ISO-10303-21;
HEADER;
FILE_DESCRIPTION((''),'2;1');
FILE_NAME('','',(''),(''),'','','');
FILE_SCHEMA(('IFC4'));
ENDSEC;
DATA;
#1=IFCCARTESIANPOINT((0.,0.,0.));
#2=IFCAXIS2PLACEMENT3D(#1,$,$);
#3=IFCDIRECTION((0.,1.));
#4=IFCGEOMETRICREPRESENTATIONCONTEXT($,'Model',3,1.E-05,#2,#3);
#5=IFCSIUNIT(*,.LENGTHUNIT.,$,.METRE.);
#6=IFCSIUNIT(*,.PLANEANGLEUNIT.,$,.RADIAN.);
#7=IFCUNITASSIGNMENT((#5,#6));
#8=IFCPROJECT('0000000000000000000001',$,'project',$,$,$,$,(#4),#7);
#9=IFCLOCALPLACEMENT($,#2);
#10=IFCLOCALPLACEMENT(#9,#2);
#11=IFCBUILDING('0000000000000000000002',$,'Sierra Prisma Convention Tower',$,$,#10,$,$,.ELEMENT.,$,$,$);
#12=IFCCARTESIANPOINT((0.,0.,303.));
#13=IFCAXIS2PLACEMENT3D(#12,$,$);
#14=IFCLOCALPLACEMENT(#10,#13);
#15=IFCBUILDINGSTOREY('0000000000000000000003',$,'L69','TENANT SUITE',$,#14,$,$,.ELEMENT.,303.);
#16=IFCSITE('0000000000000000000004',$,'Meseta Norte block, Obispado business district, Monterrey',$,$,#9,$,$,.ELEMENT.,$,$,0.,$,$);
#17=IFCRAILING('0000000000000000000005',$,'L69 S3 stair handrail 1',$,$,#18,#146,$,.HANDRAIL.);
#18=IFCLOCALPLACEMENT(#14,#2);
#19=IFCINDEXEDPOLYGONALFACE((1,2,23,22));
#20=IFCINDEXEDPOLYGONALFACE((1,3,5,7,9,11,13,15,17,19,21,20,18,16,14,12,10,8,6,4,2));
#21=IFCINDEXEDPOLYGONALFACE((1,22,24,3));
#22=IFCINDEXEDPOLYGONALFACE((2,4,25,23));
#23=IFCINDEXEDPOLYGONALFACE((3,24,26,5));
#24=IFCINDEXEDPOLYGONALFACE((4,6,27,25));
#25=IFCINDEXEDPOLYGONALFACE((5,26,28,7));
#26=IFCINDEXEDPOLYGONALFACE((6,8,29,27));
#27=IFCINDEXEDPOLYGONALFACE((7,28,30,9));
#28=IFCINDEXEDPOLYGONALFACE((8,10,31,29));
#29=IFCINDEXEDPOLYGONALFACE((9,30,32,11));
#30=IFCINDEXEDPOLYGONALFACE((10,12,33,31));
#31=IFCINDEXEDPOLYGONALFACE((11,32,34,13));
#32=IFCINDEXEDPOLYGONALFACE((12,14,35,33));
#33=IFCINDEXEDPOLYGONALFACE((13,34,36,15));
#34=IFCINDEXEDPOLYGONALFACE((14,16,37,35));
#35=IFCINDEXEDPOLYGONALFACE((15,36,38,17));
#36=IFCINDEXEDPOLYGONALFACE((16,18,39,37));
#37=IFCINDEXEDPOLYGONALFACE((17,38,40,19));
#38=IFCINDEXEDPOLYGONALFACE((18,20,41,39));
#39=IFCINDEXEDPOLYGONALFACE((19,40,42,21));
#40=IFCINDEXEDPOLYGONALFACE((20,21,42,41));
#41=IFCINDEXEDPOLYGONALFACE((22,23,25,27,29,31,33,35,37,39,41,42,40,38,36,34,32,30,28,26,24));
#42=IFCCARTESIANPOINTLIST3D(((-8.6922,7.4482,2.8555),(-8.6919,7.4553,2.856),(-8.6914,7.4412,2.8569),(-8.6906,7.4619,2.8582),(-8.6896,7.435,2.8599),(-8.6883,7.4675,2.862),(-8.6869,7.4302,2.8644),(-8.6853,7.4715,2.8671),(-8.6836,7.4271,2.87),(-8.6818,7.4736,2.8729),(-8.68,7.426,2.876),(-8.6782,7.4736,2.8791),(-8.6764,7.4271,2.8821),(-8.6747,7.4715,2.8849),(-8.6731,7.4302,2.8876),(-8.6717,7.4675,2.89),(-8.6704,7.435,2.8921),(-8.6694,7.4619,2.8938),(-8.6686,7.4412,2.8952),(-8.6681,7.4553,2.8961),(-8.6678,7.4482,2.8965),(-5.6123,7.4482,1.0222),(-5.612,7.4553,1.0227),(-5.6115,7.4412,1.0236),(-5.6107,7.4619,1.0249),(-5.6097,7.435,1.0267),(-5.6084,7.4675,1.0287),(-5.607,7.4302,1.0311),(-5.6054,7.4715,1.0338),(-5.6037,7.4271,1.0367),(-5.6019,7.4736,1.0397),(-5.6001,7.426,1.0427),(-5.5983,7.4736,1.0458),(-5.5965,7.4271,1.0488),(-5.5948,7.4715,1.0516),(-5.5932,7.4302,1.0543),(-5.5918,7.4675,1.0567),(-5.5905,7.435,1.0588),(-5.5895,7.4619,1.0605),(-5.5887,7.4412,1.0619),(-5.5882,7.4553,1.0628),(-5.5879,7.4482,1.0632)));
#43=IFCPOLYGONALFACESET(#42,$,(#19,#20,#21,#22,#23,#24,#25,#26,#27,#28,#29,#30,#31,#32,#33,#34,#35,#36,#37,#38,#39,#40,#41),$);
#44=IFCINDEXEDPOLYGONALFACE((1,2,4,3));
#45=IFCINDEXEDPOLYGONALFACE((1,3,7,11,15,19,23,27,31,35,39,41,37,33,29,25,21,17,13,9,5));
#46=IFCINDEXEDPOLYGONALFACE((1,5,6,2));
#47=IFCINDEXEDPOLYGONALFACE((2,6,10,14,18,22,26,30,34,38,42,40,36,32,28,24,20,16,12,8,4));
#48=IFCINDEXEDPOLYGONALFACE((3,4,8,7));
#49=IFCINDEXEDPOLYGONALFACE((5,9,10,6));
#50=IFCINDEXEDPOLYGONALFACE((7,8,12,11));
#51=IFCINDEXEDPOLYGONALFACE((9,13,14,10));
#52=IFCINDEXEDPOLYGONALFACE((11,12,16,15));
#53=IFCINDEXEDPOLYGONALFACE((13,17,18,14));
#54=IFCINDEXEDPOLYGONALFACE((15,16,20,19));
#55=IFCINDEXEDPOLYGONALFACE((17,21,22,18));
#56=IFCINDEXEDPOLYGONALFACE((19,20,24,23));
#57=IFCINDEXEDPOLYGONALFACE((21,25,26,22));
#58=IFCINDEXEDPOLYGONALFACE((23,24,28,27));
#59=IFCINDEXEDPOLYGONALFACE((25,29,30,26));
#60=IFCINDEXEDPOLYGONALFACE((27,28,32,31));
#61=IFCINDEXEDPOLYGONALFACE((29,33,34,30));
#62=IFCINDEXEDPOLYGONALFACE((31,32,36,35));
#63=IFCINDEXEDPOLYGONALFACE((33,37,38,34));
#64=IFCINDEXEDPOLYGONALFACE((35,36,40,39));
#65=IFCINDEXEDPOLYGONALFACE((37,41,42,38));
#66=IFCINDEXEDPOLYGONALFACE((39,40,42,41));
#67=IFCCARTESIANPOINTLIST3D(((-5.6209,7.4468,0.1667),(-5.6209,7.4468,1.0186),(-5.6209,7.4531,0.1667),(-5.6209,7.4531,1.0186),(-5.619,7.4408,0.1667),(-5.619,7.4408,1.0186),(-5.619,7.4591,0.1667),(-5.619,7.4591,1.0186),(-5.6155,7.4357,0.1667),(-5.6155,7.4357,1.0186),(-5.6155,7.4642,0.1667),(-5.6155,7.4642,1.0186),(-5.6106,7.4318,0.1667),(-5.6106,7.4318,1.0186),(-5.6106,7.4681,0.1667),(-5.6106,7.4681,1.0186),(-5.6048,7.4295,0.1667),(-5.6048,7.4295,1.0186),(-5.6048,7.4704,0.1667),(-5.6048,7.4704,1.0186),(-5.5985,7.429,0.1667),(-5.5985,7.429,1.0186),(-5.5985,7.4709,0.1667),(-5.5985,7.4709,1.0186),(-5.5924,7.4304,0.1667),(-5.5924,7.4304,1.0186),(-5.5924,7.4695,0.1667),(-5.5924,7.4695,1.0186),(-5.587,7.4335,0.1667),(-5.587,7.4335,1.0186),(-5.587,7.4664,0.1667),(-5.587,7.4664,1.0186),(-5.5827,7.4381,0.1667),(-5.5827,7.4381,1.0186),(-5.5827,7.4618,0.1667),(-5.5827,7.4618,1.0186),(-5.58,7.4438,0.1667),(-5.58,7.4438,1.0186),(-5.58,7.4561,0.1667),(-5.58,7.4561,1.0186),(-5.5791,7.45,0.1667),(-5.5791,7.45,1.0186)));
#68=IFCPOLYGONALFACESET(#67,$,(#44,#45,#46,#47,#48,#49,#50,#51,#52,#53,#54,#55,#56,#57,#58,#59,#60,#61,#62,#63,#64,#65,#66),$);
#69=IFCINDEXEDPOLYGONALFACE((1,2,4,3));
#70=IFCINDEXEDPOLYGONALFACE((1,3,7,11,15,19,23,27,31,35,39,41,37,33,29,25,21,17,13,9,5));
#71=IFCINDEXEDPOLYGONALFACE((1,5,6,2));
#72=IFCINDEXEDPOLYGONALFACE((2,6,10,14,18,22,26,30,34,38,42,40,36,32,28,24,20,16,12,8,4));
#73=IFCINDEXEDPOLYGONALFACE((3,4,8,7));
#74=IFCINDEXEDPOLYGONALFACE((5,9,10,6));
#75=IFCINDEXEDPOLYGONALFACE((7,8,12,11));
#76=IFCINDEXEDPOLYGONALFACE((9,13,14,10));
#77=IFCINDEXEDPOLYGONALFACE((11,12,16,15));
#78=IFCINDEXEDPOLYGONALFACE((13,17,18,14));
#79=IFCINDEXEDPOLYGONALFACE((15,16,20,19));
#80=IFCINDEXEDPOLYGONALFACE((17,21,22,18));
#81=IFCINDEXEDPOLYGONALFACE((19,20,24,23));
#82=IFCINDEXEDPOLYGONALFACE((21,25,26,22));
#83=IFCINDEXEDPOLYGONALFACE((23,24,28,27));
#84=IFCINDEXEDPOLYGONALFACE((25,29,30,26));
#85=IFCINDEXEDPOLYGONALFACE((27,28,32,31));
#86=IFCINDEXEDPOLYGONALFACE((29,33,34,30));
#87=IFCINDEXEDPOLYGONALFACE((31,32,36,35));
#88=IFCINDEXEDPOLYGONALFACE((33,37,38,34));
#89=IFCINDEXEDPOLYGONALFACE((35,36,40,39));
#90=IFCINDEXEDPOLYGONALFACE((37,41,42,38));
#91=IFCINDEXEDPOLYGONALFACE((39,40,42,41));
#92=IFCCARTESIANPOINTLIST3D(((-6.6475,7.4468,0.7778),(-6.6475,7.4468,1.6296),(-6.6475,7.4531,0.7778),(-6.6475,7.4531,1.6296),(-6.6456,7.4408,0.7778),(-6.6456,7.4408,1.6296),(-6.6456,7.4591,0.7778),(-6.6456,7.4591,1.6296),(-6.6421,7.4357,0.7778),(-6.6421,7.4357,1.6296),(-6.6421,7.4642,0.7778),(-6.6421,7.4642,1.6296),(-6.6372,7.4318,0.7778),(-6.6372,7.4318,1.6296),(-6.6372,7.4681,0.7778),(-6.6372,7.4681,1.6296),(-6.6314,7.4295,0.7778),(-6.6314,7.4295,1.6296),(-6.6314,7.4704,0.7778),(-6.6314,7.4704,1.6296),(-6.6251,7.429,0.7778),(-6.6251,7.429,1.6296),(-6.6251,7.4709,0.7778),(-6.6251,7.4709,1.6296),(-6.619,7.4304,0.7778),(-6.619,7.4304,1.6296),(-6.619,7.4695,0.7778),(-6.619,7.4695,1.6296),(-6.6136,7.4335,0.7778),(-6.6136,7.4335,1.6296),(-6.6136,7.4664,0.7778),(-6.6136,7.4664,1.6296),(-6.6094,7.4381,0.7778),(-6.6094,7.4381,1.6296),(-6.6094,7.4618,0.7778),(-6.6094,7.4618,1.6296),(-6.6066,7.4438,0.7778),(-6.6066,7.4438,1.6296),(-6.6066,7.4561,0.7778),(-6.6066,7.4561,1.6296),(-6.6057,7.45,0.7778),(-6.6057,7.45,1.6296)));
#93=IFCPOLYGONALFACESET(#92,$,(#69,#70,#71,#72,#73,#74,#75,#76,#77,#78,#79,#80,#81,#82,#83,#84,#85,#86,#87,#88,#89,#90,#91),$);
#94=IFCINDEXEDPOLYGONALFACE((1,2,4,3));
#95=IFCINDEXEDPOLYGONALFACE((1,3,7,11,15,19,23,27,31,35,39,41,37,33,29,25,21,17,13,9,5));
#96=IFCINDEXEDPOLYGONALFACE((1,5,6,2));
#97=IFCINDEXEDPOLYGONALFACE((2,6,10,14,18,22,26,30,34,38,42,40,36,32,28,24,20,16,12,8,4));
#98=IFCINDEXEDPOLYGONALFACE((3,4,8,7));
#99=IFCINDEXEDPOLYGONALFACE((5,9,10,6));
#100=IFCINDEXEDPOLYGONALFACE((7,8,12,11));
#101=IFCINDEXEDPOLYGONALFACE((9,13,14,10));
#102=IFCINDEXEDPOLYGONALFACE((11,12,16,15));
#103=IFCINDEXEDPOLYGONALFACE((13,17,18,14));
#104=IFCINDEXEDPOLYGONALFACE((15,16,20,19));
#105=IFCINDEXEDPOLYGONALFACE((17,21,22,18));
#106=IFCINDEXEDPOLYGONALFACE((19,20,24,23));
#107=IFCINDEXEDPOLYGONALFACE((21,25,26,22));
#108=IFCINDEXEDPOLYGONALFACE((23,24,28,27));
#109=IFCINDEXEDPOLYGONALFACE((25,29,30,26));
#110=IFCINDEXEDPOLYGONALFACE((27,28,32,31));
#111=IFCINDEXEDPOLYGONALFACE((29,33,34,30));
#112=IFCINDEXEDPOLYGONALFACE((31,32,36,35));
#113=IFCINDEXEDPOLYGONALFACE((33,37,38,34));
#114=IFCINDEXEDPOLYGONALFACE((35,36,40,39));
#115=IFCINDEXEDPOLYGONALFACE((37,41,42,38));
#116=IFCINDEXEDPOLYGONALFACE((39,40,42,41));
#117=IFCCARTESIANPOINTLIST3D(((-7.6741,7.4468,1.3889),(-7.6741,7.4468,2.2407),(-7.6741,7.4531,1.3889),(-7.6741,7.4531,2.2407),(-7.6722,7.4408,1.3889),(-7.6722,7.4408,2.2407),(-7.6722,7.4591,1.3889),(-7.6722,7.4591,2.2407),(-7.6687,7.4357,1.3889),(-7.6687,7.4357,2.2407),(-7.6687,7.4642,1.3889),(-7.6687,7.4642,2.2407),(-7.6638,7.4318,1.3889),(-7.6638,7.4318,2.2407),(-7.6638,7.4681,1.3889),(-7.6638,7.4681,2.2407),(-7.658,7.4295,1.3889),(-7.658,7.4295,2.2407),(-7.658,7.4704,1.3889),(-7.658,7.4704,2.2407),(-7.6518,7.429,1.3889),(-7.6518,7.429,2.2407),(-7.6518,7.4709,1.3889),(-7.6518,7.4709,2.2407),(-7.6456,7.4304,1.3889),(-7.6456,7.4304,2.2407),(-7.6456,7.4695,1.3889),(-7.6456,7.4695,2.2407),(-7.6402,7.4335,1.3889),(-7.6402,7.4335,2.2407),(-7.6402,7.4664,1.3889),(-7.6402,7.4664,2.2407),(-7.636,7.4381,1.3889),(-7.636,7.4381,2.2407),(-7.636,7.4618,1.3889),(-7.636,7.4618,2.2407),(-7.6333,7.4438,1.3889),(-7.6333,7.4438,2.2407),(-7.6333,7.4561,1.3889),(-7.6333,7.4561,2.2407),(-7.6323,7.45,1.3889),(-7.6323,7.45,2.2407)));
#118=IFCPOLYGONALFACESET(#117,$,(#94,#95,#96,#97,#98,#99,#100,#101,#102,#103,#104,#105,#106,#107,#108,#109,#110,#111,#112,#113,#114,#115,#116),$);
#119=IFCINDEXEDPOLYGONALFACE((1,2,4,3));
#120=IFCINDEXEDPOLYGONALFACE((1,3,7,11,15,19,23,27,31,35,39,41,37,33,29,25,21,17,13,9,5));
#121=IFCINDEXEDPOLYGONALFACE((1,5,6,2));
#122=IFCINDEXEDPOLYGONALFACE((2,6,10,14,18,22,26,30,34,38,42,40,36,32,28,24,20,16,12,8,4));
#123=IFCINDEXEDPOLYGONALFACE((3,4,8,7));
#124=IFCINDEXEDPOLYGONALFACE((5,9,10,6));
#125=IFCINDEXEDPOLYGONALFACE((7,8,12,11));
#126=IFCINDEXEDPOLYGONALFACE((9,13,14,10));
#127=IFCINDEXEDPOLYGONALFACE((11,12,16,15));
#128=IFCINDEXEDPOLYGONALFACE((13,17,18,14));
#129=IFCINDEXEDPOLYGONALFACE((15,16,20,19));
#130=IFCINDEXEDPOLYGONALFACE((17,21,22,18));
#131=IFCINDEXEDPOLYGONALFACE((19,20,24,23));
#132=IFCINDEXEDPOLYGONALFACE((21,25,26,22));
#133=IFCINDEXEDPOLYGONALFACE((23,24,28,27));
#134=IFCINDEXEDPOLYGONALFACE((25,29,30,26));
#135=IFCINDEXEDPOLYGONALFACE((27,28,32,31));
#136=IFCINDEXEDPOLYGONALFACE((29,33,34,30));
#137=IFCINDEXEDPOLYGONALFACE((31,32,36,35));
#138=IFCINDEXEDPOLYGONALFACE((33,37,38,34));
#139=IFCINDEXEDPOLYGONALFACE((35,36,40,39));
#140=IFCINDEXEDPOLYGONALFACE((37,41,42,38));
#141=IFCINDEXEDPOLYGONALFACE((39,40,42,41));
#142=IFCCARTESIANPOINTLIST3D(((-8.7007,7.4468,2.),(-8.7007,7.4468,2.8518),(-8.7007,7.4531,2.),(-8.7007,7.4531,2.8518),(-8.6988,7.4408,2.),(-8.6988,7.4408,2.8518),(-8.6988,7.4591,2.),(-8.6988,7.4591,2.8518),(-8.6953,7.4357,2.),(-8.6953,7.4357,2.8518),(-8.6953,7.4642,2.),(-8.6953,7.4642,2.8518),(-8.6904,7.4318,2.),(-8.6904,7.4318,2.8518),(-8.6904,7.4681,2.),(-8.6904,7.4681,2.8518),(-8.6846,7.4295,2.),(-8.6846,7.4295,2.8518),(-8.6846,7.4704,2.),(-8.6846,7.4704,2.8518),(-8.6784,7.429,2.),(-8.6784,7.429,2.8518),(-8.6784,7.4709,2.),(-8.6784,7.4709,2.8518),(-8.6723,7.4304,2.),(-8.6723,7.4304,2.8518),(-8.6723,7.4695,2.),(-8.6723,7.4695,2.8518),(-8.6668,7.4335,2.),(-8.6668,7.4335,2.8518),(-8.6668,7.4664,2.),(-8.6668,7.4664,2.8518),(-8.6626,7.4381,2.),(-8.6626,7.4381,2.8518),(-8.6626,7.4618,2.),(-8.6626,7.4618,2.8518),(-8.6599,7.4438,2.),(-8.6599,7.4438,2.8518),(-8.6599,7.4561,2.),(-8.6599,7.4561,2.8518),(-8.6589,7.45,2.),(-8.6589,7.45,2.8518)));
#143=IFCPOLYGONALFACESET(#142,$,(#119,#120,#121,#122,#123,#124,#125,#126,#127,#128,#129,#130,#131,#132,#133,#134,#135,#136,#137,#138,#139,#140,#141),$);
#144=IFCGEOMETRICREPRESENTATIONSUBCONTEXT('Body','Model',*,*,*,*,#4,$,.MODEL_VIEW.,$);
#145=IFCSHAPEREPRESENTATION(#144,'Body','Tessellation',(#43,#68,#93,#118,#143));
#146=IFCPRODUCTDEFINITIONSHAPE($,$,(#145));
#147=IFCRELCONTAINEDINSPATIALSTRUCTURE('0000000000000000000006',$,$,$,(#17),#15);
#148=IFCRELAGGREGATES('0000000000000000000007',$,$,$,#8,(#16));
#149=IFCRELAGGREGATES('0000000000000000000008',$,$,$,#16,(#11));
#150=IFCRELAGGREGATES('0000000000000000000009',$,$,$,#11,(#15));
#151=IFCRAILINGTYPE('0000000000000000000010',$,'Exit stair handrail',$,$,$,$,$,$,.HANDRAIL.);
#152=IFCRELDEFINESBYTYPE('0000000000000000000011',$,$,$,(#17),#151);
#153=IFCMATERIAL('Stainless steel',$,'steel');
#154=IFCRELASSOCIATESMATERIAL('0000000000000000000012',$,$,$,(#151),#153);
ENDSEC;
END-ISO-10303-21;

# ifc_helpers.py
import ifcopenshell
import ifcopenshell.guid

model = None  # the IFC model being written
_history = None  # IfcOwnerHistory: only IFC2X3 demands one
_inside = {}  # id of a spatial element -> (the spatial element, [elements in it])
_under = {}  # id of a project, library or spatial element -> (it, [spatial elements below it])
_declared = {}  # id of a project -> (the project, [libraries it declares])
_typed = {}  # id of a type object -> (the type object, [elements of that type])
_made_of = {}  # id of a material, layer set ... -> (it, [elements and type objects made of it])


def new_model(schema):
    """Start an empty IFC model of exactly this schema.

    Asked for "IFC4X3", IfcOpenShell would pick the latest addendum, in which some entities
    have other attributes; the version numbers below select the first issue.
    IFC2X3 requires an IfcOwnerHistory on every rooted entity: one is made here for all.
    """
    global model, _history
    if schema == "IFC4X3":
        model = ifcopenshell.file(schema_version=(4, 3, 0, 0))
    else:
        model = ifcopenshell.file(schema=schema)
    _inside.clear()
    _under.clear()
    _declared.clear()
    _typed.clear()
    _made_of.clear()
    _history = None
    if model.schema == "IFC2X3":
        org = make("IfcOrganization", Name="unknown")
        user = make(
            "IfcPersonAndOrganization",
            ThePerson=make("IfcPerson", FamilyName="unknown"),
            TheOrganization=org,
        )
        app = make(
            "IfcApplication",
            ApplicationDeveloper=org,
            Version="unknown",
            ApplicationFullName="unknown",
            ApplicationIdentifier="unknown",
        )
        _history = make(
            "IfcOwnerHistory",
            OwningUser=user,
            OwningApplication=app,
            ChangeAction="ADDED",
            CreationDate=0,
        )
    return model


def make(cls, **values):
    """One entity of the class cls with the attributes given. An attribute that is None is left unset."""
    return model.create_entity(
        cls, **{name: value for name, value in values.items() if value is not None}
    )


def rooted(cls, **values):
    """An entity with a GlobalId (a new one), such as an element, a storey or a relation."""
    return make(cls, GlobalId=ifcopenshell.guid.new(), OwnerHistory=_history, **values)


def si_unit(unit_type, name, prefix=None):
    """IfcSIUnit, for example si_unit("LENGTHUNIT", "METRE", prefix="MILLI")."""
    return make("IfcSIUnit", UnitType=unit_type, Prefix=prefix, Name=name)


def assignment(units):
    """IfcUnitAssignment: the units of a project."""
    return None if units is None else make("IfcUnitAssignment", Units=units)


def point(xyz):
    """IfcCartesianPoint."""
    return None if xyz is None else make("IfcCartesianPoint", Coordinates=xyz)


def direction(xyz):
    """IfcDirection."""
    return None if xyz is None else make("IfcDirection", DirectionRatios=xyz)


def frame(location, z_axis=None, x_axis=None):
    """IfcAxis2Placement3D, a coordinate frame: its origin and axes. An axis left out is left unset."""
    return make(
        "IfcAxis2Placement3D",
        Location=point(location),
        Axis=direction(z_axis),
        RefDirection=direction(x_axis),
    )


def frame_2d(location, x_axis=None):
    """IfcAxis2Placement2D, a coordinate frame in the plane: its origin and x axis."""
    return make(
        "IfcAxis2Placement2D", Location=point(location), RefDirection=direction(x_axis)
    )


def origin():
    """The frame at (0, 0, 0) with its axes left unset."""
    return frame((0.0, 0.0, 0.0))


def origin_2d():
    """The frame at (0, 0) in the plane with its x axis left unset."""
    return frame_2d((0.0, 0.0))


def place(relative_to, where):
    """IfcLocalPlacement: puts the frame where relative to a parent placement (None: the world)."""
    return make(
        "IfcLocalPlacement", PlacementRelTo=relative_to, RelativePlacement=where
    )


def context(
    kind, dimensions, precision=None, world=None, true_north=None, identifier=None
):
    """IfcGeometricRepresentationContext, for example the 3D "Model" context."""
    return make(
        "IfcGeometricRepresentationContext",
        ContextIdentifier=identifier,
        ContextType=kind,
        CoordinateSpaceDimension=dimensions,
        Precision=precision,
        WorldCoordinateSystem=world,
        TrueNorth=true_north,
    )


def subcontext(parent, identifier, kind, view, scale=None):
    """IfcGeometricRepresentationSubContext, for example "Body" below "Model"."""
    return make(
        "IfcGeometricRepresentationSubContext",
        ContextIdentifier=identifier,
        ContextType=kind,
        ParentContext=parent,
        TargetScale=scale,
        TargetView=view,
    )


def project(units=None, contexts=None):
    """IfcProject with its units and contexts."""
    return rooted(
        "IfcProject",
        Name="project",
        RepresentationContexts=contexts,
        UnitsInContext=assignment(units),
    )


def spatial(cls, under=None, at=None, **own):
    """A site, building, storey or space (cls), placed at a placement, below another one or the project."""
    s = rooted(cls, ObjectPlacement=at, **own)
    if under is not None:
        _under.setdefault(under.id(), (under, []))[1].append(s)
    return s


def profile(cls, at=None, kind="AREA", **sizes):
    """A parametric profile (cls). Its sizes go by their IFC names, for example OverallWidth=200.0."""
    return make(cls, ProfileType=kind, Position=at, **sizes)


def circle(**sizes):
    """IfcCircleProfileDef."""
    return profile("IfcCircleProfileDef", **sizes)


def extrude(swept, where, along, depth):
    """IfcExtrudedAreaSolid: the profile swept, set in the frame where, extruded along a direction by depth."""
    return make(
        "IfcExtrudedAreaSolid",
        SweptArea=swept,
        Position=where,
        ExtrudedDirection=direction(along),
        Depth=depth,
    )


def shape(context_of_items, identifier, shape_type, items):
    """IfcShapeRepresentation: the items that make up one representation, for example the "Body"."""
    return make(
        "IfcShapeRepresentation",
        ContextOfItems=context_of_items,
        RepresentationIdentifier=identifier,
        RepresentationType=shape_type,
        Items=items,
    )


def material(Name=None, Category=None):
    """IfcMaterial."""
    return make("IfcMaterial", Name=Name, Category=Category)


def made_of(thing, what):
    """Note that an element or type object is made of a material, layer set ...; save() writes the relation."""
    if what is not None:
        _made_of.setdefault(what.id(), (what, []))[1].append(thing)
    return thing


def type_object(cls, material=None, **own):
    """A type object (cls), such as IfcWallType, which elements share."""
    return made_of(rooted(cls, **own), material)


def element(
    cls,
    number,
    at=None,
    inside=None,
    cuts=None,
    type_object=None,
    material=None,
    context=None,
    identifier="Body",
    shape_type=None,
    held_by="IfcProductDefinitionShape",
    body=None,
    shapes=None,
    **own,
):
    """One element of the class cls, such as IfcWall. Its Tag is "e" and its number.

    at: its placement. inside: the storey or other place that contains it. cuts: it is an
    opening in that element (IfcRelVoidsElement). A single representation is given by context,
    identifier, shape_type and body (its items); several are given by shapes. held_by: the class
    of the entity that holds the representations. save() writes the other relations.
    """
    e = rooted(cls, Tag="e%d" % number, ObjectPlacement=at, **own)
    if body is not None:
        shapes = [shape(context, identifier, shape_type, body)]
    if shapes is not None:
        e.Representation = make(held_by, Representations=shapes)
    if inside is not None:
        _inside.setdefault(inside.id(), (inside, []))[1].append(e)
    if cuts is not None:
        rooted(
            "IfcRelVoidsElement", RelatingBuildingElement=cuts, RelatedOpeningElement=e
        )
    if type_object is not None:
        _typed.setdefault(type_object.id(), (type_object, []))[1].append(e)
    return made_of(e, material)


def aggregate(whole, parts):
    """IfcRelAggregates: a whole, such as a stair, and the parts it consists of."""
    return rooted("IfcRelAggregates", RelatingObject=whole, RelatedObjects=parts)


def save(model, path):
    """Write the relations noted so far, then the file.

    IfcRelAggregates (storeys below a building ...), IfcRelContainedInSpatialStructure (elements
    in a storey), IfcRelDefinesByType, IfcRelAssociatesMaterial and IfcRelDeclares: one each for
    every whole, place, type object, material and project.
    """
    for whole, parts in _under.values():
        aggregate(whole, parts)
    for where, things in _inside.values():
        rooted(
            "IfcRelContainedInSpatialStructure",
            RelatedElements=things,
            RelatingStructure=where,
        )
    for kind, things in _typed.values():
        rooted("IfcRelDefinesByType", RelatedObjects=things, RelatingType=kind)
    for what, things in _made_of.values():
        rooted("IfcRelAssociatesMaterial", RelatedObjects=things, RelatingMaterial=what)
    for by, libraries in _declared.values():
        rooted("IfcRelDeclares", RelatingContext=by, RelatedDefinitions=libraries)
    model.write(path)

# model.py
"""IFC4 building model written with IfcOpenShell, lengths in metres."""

from ifc_helpers import new_model, si_unit, direction, frame, origin, origin_2d, place, context, subcontext, project, spatial, circle, extrude, material, type_object, element, save


model = new_model("IFC4")

# Units and contexts
model_context = context("Model", 3, precision=1e-05, world=origin(), true_north=direction((0.0, 1.0)))
body_context = subcontext(model_context, "Body", "Model", "MODEL_VIEW")
ifc_project = project(units=[si_unit("LENGTHUNIT", "METRE"), si_unit("PLANEANGLEUNIT", "RADIAN")], contexts=[model_context])

# Site, building, storey
site_placement = place(None, origin())
site = spatial("IfcSite", under=ifc_project, at=site_placement, Name="Meseta Norte block, Obispado business district, Monterrey", CompositionType="ELEMENT", RefElevation=0.0)
building_placement = place(site_placement, origin())
building = spatial("IfcBuilding", under=site, at=building_placement, Name="Sierra Prisma Convention Tower", CompositionType="ELEMENT")
storey_placement = place(building_placement, frame((0.0, 0.0, 303.0)))
storey = spatial("IfcBuildingStorey", under=building, at=storey_placement, Name="L69", Description="TENANT SUITE", CompositionType="ELEMENT", Elevation=303.0)

# Railing
ifc_material_1 = material(Name="Stainless steel", Category="steel")
railing_type_1 = type_object("IfcRailingType", Name="Exit stair handrail", PredefinedType="HANDRAIL", material=ifc_material_1)
railing_1_placement = place(storey_placement, frame((-5.6001, 7.45, 0.1667)))
element("IfcRailing", 1, at=railing_1_placement, inside=storey, type_object=railing_type_1, Name="L69 S3 stair handrail 1", PredefinedType="HANDRAIL", context=body_context, shape_type="SweptSolid", body=[
    extrude(circle(Radius=0.0239, at=origin_2d()), frame((0.0, 0.0, 0.876), z_axis=(-0.859291, 0.0, 0.511487), x_axis=(0.0, -1.0, 0.0)), (0.0, 0.0, 1.0), 3.5842),
    extrude(circle(Radius=0.021, at=origin_2d()), origin(), (0.0, 0.0, 1.0), 0.8518),
    extrude(circle(Radius=0.021, at=origin_2d()), frame((-1.0266, 0.0, 0.6111)), (0.0, 0.0, 1.0), 0.8518),
    extrude(circle(Radius=0.021, at=origin_2d()), frame((-2.0532, 0.0, 1.2222)), (0.0, 0.0, 1.0), 0.8518),
    extrude(circle(Radius=0.021, at=origin_2d()), frame((-3.0798, 0.0, 1.8333)), (0.0, 0.0, 1.0), 0.8518),
])

save(model, "model.ifc")
